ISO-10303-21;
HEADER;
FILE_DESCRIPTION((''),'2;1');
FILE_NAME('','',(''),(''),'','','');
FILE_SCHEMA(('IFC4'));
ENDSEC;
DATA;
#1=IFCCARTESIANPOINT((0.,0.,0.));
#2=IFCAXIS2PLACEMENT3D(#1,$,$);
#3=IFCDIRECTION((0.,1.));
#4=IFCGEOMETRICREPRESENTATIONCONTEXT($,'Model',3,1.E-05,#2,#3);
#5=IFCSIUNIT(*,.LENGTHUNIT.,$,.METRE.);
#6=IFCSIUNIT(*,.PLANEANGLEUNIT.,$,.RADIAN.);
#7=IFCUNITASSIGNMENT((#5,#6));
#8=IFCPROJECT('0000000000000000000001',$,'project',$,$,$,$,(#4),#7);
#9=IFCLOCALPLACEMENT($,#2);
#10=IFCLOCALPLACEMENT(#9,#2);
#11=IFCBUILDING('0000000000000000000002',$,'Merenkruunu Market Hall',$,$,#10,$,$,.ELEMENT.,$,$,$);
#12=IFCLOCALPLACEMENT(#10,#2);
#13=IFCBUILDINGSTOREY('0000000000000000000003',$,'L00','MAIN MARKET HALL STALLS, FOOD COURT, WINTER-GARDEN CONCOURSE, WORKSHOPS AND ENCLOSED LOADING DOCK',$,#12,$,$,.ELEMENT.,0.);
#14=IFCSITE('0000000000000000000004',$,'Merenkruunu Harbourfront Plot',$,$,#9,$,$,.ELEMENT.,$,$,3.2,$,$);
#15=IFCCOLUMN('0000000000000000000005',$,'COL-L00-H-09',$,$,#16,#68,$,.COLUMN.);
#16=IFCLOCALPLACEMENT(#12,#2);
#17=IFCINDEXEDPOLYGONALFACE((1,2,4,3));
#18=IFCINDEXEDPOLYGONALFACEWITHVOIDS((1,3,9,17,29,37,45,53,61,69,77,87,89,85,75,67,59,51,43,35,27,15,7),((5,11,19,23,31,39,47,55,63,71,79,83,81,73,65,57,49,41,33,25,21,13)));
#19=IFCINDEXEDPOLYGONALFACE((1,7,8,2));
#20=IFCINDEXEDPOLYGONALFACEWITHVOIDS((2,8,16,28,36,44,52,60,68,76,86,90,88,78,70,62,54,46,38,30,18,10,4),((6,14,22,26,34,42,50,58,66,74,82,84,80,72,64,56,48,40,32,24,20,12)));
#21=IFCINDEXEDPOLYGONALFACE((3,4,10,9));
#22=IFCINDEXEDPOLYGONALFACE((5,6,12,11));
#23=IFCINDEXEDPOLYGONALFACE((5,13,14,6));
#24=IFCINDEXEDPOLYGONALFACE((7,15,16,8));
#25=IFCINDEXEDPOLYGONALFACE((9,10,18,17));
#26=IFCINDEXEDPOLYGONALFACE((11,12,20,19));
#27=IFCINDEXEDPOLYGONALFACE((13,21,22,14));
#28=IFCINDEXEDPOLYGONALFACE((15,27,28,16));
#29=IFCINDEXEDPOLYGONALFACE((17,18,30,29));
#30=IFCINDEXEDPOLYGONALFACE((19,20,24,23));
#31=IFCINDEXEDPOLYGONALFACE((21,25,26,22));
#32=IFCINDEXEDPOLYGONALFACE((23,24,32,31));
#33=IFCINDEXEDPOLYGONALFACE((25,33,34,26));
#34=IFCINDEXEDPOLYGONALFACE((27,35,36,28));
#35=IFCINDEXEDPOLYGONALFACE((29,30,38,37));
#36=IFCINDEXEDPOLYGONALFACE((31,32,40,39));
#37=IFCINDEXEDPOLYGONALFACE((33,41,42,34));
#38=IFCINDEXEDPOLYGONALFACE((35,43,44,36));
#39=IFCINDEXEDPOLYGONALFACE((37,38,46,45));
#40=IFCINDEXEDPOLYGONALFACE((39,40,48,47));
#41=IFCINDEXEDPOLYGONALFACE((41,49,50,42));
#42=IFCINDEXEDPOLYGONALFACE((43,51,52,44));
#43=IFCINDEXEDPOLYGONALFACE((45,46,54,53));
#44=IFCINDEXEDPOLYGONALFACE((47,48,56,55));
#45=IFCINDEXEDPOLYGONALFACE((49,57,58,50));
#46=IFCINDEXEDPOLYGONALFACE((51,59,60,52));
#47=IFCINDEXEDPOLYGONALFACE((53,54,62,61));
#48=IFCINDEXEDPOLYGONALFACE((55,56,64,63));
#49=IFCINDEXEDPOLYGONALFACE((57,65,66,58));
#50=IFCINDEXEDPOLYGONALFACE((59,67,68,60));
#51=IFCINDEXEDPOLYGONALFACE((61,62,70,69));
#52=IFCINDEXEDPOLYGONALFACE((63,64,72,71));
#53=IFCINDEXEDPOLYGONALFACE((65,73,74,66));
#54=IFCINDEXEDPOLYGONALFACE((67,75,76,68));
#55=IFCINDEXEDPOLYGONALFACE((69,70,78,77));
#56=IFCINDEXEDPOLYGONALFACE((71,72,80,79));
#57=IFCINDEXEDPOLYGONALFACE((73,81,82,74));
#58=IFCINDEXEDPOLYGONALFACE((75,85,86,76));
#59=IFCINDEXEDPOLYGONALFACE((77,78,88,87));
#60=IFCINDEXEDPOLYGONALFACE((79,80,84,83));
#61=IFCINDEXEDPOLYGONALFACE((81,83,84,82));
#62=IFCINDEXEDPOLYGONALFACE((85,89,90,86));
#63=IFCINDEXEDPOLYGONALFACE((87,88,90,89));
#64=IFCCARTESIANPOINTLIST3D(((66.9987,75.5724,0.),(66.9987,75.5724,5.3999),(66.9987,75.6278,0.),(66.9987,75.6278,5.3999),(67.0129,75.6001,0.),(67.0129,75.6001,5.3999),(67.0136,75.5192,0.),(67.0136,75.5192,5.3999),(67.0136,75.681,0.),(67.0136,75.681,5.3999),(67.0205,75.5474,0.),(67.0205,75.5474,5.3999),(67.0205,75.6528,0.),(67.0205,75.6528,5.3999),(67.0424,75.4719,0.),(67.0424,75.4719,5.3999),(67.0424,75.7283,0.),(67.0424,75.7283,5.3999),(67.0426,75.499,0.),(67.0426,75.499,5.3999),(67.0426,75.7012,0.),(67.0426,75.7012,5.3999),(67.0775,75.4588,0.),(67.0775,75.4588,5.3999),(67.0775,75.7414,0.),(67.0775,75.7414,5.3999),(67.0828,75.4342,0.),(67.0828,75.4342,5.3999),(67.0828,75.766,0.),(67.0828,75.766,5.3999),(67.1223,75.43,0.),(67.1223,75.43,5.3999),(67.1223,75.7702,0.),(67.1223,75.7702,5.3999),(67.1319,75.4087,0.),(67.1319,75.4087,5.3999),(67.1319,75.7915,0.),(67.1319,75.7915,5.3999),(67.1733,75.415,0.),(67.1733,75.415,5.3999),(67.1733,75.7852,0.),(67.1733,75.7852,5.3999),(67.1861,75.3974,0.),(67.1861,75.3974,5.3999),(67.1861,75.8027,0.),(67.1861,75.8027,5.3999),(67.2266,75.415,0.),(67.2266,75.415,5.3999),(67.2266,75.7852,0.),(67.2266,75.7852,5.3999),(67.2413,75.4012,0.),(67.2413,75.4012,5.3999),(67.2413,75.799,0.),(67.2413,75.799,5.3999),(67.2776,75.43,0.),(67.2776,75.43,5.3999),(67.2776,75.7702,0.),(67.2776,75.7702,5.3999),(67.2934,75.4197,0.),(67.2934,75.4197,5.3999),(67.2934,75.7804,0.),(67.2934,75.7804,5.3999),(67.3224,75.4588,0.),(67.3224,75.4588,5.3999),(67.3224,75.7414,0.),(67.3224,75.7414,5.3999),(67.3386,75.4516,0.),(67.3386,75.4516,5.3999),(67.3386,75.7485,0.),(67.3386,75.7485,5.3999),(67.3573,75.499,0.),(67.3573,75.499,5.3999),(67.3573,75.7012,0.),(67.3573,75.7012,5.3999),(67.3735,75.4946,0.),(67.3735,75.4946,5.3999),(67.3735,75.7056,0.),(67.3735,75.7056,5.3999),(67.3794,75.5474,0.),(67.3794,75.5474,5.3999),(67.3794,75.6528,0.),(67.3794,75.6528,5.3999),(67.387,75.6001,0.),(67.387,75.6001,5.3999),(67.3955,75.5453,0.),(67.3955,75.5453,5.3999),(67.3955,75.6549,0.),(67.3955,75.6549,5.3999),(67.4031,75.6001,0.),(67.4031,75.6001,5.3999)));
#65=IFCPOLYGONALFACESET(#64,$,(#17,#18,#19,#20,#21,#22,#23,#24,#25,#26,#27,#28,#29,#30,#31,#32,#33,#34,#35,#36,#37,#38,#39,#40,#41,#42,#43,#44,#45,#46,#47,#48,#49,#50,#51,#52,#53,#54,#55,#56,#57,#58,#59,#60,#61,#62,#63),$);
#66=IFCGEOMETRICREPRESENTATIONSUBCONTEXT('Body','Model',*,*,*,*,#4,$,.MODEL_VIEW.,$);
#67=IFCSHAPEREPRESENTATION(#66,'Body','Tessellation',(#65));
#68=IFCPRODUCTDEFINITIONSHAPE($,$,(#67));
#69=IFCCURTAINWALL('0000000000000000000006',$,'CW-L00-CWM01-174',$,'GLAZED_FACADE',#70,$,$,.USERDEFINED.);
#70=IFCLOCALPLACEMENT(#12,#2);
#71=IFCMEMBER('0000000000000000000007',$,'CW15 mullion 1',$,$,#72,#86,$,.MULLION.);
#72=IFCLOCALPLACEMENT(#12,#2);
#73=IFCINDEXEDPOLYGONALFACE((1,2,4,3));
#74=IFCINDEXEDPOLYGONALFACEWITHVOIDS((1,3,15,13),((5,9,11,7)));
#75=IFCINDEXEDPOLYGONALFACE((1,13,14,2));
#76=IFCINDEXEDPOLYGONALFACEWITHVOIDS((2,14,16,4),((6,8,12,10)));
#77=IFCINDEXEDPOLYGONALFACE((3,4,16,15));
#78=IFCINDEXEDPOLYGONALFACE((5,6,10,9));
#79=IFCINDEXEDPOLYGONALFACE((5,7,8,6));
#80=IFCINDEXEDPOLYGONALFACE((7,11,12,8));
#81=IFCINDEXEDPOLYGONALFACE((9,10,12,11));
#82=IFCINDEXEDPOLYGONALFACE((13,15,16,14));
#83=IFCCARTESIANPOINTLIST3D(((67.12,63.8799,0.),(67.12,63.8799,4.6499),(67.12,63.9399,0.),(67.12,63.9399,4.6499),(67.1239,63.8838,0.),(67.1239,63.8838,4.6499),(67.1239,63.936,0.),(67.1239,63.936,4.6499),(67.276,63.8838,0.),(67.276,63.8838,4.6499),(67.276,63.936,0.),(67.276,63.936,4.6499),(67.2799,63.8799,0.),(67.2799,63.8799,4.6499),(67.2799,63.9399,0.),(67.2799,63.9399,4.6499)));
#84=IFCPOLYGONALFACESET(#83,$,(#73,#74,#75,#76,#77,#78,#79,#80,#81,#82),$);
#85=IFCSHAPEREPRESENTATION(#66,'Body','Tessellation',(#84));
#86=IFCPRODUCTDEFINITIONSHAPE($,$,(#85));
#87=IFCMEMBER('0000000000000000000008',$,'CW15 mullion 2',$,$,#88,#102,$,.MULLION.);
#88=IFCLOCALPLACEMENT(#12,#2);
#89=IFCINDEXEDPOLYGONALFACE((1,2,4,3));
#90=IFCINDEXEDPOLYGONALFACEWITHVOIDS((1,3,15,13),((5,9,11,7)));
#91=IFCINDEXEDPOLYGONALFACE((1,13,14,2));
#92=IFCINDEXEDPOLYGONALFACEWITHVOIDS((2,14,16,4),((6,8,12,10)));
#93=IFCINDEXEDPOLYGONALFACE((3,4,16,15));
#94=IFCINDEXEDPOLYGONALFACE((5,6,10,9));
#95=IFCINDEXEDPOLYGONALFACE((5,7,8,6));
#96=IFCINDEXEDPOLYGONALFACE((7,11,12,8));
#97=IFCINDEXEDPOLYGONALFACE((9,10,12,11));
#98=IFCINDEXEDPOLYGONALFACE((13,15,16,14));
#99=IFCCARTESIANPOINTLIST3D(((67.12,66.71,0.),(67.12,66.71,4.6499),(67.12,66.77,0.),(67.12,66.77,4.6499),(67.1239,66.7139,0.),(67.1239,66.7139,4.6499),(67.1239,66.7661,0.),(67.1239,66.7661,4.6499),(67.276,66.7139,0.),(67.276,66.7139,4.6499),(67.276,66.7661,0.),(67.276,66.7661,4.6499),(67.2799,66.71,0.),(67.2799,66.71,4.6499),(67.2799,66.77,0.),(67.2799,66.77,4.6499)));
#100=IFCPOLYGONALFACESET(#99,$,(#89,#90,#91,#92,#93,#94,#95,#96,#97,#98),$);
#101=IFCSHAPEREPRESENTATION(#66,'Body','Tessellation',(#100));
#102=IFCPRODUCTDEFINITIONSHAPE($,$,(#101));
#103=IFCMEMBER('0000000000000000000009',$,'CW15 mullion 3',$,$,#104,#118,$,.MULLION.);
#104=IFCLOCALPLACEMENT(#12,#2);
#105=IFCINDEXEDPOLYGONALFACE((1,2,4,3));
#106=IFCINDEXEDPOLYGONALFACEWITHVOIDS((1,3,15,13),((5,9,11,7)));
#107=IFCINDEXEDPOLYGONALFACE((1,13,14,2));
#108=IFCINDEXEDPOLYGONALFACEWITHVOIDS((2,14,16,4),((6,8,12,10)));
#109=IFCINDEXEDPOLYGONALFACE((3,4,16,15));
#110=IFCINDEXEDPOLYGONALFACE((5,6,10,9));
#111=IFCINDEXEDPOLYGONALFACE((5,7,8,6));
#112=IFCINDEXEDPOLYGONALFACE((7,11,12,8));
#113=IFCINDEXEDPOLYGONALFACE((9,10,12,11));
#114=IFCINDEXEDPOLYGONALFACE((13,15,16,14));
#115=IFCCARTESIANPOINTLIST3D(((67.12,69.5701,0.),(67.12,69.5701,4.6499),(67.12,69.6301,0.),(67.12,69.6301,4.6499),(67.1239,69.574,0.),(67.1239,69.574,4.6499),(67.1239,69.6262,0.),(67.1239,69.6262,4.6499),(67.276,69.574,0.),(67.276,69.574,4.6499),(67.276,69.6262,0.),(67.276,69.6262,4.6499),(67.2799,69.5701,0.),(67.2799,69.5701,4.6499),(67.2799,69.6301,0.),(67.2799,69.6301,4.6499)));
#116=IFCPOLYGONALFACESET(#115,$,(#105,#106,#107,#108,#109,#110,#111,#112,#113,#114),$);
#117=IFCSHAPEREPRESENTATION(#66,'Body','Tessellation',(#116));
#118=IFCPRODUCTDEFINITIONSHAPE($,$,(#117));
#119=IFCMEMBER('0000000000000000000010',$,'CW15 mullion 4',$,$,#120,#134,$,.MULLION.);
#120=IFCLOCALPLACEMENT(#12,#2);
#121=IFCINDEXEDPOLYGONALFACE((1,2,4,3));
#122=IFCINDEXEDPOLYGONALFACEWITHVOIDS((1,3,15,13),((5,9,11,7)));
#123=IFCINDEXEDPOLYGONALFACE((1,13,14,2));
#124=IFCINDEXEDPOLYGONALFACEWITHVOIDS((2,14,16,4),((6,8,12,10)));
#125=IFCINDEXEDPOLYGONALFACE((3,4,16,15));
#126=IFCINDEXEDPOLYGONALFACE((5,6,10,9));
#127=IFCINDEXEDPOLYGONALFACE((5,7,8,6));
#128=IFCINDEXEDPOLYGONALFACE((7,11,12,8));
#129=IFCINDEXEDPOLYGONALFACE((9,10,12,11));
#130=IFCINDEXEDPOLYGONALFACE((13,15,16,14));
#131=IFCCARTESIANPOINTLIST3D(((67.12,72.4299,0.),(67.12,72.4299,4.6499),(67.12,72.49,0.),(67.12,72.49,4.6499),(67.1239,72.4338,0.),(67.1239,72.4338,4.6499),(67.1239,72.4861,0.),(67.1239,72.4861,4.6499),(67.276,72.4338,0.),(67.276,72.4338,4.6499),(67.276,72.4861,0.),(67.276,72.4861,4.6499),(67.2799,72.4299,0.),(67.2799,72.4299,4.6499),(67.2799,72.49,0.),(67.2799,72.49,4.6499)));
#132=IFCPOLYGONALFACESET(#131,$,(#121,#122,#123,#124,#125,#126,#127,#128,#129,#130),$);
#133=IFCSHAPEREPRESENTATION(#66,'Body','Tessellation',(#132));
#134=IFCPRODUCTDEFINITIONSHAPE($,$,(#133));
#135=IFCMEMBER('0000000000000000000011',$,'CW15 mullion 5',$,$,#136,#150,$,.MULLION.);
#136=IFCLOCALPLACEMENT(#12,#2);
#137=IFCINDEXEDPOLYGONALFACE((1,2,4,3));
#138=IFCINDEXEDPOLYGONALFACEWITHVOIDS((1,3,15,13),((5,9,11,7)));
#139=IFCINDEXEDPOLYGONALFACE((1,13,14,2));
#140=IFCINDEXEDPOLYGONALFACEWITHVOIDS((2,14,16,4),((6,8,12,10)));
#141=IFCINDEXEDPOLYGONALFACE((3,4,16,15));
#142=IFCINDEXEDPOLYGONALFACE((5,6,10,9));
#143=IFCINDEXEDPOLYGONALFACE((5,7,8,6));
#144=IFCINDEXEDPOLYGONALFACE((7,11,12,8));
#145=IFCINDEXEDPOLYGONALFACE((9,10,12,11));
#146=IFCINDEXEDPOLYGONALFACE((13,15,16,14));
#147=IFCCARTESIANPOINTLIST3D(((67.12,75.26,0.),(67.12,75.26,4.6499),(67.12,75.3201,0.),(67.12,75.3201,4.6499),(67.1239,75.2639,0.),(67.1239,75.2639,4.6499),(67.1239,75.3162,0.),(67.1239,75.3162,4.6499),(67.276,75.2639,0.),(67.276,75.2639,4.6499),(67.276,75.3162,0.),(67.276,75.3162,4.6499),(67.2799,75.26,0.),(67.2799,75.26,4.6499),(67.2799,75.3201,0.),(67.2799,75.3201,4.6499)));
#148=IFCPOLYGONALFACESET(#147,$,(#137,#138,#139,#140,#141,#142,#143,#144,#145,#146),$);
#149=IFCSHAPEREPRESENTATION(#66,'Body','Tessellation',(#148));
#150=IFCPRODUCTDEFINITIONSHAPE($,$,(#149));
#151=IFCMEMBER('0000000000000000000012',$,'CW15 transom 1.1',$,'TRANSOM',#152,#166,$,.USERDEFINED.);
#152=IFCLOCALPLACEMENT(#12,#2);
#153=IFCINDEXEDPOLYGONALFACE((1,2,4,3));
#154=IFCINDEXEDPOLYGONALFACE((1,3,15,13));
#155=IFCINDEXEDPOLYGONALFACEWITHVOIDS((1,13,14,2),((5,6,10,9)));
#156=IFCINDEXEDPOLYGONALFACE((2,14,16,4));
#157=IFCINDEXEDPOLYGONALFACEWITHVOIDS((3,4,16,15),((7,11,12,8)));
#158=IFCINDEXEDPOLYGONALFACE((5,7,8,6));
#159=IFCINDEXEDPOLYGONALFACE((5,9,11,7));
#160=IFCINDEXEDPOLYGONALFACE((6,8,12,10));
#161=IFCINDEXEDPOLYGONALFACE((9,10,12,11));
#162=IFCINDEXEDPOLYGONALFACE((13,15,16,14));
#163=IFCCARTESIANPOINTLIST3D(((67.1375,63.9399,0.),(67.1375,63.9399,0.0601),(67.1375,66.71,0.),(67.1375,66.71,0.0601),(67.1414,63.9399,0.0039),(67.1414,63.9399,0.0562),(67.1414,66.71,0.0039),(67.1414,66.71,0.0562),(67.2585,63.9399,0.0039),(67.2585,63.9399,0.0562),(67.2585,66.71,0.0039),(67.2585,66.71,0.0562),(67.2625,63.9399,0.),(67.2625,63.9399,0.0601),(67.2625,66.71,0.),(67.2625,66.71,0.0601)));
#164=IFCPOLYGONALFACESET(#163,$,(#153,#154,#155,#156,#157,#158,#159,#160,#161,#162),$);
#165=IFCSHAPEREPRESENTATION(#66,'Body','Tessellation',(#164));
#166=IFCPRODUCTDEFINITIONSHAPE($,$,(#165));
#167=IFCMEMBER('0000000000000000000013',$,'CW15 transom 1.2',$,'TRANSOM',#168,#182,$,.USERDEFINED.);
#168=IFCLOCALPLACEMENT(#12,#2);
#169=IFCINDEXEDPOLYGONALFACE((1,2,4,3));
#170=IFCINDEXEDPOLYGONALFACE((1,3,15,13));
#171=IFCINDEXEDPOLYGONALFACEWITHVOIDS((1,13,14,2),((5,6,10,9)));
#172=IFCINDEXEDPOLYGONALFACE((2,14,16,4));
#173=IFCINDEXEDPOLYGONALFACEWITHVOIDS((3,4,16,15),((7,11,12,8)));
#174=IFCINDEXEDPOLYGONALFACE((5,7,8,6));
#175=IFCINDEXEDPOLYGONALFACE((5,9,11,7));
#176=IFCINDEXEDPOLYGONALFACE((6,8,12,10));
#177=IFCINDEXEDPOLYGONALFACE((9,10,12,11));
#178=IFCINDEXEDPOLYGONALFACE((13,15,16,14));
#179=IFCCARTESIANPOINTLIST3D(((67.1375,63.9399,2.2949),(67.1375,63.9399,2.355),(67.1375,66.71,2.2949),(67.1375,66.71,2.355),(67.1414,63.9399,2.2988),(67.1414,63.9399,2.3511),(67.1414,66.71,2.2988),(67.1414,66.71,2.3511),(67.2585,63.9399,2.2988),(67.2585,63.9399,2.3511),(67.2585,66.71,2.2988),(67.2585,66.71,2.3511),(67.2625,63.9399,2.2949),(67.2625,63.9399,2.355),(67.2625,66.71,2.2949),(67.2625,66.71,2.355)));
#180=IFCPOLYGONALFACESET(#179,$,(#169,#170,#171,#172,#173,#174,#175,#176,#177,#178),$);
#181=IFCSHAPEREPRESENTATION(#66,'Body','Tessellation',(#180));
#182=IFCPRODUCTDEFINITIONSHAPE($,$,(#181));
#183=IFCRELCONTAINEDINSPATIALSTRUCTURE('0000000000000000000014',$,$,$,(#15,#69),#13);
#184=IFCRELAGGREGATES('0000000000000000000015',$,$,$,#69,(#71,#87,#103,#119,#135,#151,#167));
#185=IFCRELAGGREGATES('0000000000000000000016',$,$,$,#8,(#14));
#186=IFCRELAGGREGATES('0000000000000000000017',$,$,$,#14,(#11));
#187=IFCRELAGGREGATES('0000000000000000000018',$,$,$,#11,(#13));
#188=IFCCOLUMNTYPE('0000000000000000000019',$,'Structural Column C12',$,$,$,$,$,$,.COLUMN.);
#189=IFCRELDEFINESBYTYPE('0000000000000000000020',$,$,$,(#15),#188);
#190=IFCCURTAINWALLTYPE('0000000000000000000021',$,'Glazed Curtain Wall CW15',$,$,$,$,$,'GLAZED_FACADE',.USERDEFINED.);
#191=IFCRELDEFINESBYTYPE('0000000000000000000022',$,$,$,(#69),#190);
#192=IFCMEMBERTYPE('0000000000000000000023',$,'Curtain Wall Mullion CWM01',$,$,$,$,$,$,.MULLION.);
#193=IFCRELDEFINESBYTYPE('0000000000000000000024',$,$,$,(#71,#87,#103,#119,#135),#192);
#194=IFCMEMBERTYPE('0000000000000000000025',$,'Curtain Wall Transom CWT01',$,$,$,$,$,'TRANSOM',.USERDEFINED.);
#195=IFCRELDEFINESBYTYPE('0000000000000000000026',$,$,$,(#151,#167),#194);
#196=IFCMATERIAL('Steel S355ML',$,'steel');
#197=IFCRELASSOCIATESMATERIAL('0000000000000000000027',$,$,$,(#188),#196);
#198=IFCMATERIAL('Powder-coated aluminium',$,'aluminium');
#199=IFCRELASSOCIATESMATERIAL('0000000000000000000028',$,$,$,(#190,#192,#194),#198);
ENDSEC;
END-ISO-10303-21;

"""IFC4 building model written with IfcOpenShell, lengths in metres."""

from ifc_helpers import new_model, si_unit, direction, frame, origin, origin_2d, place, context, subcontext, project, spatial, hollow_rectangle, hollow_circle, extrude, material, material_profile, profile_set, type_object, element, aggregate, save


model = new_model("IFC4")

# Units and contexts
model_context = context("Model", 3, precision=1e-05, world=origin(), true_north=direction((0.0, 1.0)))
body_context = subcontext(model_context, "Body", "Model", "MODEL_VIEW")
ifc_project = project(units=[si_unit("LENGTHUNIT", "METRE"), si_unit("PLANEANGLEUNIT", "RADIAN")], contexts=[model_context])

# Site, building, storey
site_placement = place(None, origin())
site = spatial("IfcSite", under=ifc_project, at=site_placement, Name="Merenkruunu Harbourfront Plot", CompositionType="ELEMENT", RefElevation=3.2)
building_placement = place(site_placement, origin())
building = spatial("IfcBuilding", under=site, at=building_placement, Name="Merenkruunu Market Hall", CompositionType="ELEMENT")
storey_placement = place(building_placement, origin())
storey = spatial("IfcBuildingStorey", under=building, at=storey_placement, Name="L00", Description="MAIN MARKET HALL STALLS, FOOD COURT, WINTER-GARDEN CONCOURSE, WORKSHOPS AND ENCLOSED LOADING DOCK", CompositionType="ELEMENT", Elevation=0.0)

# Column
ifc_material_1 = material(Name="Steel S355ML", Category="steel")
ifc_material_profile_1 = material_profile(ifc_material_1, hollow_circle(Radius=0.2031, WallThickness=0.0161, at=origin_2d()), Name="CHS 406.4x16")
ifc_profile_set_1 = profile_set([ifc_material_profile_1], Name="Steel S355ML")
column_type = type_object("IfcColumnType", Name="Structural Column C12", PredefinedType="COLUMN", material=ifc_profile_set_1)
column_placement = place(storey_placement, frame((67.2, 75.6001, 0.0), z_axis=(0.0, 0.0, 1.0), x_axis=(1.0, 0.0, 0.0)))
element("IfcColumn", 1, at=column_placement, inside=storey, type_object=column_type, Name="COL-L00-H-09", PredefinedType="COLUMN", context=body_context, shape_type="SweptSolid", body=[
    extrude(hollow_circle(Radius=0.2031, WallThickness=0.0161, at=origin_2d()), origin(), (0.0, 0.0, 1.0), 5.3999),
])

# Curtain wall, members
ifc_material_2 = material(Name="Powder-coated aluminium", Category="aluminium")
curtain_wall_type = type_object("IfcCurtainWallType", Name="Glazed Curtain Wall CW15", ElementType="GLAZED_FACADE", PredefinedType="USERDEFINED", material=ifc_material_2)
curtain_wall_placement = place(storey_placement, origin())
curtain_wall = element("IfcCurtainWall", 2, at=curtain_wall_placement, inside=storey, type_object=curtain_wall_type, Name="CW-L00-CWM01-174", ObjectType="GLAZED_FACADE", PredefinedType="USERDEFINED")
ifc_material_profile_2 = material_profile(ifc_material_2, hollow_rectangle(XDim=0.0601, YDim=0.1599, WallThickness=0.0039, at=origin_2d()), Name="ALU 60x160x4")
ifc_profile_set_2 = profile_set([ifc_material_profile_2], Name="Powder-coated aluminium")
member_type_1 = type_object("IfcMemberType", Name="Curtain Wall Mullion CWM01", PredefinedType="MULLION", material=ifc_profile_set_2)
member_1_placement = place(storey_placement, frame((67.2, 63.9099, 0.0), z_axis=(0.0, 0.0, 1.0), x_axis=(0.0, 1.0, 0.0)))
member_1 = element("IfcMember", 3, at=member_1_placement, type_object=member_type_1, Name="CW15 mullion 1", PredefinedType="MULLION", context=body_context, shape_type="SweptSolid", body=[
    extrude(hollow_rectangle(XDim=0.0601, YDim=0.1599, WallThickness=0.0039, at=origin_2d()), origin(), (0.0, 0.0, 1.0), 4.6499),
])
member_2_placement = place(storey_placement, frame((67.2, 66.74, 0.0), z_axis=(0.0, 0.0, 1.0), x_axis=(0.0, 1.0, 0.0)))
member_2 = element("IfcMember", 4, at=member_2_placement, type_object=member_type_1, Name="CW15 mullion 2", PredefinedType="MULLION", context=body_context, shape_type="SweptSolid", body=[
    extrude(hollow_rectangle(XDim=0.0601, YDim=0.1599, WallThickness=0.0039, at=origin_2d()), origin(), (0.0, 0.0, 1.0), 4.6499),
])
member_3_placement = place(storey_placement, frame((67.2, 69.6001, 0.0), z_axis=(0.0, 0.0, 1.0), x_axis=(0.0, 1.0, 0.0)))
member_3 = element("IfcMember", 5, at=member_3_placement, type_object=member_type_1, Name="CW15 mullion 3", PredefinedType="MULLION", context=body_context, shape_type="SweptSolid", body=[
    extrude(hollow_rectangle(XDim=0.0601, YDim=0.1599, WallThickness=0.0039, at=origin_2d()), origin(), (0.0, 0.0, 1.0), 4.6499),
])
member_4_placement = place(storey_placement, frame((67.2, 72.46, 0.0), z_axis=(0.0, 0.0, 1.0), x_axis=(0.0, 1.0, 0.0)))
member_4 = element("IfcMember", 6, at=member_4_placement, type_object=member_type_1, Name="CW15 mullion 4", PredefinedType="MULLION", context=body_context, shape_type="SweptSolid", body=[
    extrude(hollow_rectangle(XDim=0.0601, YDim=0.1599, WallThickness=0.0039, at=origin_2d()), origin(), (0.0, 0.0, 1.0), 4.6499),
])
member_5_placement = place(storey_placement, frame((67.2, 75.29, 0.0), z_axis=(0.0, 0.0, 1.0), x_axis=(0.0, 1.0, 0.0)))
member_5 = element("IfcMember", 7, at=member_5_placement, type_object=member_type_1, Name="CW15 mullion 5", PredefinedType="MULLION", context=body_context, shape_type="SweptSolid", body=[
    extrude(hollow_rectangle(XDim=0.0601, YDim=0.1599, WallThickness=0.0039, at=origin_2d()), origin(), (0.0, 0.0, 1.0), 4.6499),
])
ifc_material_profile_3 = material_profile(ifc_material_2, hollow_rectangle(XDim=0.0601, YDim=0.125, WallThickness=0.0039, at=origin_2d()), Name="ALU 60x125x4")
ifc_profile_set_3 = profile_set([ifc_material_profile_3], Name="Powder-coated aluminium")
member_type_2 = type_object("IfcMemberType", Name="Curtain Wall Transom CWT01", ElementType="TRANSOM", PredefinedType="USERDEFINED", material=ifc_profile_set_3)
member_6_placement = place(storey_placement, frame((67.2, 63.9399, 0.03), z_axis=(0.0, 1.0, 0.0), x_axis=(0.0, 0.0, 1.0)))
member_6 = element("IfcMember", 8, at=member_6_placement, type_object=member_type_2, Name="CW15 transom 1.1", ObjectType="TRANSOM", PredefinedType="USERDEFINED", context=body_context, shape_type="SweptSolid", body=[
    extrude(hollow_rectangle(XDim=0.0601, YDim=0.125, WallThickness=0.0039, at=origin_2d()), origin(), (0.0, 0.0, 1.0), 2.77),
])
member_7_placement = place(storey_placement, frame((67.2, 63.9399, 2.325), z_axis=(0.0, 1.0, 0.0), x_axis=(0.0, 0.0, 1.0)))
member_7 = element("IfcMember", 9, at=member_7_placement, type_object=member_type_2, Name="CW15 transom 1.2", ObjectType="TRANSOM", PredefinedType="USERDEFINED", context=body_context, shape_type="SweptSolid", body=[
    extrude(hollow_rectangle(XDim=0.0601, YDim=0.125, WallThickness=0.0039, at=origin_2d()), origin(), (0.0, 0.0, 1.0), 2.77),
])

aggregate(curtain_wall, [member_1, member_2, member_3, member_4, member_5, member_6, member_7])

save(model, "model.ifc")
